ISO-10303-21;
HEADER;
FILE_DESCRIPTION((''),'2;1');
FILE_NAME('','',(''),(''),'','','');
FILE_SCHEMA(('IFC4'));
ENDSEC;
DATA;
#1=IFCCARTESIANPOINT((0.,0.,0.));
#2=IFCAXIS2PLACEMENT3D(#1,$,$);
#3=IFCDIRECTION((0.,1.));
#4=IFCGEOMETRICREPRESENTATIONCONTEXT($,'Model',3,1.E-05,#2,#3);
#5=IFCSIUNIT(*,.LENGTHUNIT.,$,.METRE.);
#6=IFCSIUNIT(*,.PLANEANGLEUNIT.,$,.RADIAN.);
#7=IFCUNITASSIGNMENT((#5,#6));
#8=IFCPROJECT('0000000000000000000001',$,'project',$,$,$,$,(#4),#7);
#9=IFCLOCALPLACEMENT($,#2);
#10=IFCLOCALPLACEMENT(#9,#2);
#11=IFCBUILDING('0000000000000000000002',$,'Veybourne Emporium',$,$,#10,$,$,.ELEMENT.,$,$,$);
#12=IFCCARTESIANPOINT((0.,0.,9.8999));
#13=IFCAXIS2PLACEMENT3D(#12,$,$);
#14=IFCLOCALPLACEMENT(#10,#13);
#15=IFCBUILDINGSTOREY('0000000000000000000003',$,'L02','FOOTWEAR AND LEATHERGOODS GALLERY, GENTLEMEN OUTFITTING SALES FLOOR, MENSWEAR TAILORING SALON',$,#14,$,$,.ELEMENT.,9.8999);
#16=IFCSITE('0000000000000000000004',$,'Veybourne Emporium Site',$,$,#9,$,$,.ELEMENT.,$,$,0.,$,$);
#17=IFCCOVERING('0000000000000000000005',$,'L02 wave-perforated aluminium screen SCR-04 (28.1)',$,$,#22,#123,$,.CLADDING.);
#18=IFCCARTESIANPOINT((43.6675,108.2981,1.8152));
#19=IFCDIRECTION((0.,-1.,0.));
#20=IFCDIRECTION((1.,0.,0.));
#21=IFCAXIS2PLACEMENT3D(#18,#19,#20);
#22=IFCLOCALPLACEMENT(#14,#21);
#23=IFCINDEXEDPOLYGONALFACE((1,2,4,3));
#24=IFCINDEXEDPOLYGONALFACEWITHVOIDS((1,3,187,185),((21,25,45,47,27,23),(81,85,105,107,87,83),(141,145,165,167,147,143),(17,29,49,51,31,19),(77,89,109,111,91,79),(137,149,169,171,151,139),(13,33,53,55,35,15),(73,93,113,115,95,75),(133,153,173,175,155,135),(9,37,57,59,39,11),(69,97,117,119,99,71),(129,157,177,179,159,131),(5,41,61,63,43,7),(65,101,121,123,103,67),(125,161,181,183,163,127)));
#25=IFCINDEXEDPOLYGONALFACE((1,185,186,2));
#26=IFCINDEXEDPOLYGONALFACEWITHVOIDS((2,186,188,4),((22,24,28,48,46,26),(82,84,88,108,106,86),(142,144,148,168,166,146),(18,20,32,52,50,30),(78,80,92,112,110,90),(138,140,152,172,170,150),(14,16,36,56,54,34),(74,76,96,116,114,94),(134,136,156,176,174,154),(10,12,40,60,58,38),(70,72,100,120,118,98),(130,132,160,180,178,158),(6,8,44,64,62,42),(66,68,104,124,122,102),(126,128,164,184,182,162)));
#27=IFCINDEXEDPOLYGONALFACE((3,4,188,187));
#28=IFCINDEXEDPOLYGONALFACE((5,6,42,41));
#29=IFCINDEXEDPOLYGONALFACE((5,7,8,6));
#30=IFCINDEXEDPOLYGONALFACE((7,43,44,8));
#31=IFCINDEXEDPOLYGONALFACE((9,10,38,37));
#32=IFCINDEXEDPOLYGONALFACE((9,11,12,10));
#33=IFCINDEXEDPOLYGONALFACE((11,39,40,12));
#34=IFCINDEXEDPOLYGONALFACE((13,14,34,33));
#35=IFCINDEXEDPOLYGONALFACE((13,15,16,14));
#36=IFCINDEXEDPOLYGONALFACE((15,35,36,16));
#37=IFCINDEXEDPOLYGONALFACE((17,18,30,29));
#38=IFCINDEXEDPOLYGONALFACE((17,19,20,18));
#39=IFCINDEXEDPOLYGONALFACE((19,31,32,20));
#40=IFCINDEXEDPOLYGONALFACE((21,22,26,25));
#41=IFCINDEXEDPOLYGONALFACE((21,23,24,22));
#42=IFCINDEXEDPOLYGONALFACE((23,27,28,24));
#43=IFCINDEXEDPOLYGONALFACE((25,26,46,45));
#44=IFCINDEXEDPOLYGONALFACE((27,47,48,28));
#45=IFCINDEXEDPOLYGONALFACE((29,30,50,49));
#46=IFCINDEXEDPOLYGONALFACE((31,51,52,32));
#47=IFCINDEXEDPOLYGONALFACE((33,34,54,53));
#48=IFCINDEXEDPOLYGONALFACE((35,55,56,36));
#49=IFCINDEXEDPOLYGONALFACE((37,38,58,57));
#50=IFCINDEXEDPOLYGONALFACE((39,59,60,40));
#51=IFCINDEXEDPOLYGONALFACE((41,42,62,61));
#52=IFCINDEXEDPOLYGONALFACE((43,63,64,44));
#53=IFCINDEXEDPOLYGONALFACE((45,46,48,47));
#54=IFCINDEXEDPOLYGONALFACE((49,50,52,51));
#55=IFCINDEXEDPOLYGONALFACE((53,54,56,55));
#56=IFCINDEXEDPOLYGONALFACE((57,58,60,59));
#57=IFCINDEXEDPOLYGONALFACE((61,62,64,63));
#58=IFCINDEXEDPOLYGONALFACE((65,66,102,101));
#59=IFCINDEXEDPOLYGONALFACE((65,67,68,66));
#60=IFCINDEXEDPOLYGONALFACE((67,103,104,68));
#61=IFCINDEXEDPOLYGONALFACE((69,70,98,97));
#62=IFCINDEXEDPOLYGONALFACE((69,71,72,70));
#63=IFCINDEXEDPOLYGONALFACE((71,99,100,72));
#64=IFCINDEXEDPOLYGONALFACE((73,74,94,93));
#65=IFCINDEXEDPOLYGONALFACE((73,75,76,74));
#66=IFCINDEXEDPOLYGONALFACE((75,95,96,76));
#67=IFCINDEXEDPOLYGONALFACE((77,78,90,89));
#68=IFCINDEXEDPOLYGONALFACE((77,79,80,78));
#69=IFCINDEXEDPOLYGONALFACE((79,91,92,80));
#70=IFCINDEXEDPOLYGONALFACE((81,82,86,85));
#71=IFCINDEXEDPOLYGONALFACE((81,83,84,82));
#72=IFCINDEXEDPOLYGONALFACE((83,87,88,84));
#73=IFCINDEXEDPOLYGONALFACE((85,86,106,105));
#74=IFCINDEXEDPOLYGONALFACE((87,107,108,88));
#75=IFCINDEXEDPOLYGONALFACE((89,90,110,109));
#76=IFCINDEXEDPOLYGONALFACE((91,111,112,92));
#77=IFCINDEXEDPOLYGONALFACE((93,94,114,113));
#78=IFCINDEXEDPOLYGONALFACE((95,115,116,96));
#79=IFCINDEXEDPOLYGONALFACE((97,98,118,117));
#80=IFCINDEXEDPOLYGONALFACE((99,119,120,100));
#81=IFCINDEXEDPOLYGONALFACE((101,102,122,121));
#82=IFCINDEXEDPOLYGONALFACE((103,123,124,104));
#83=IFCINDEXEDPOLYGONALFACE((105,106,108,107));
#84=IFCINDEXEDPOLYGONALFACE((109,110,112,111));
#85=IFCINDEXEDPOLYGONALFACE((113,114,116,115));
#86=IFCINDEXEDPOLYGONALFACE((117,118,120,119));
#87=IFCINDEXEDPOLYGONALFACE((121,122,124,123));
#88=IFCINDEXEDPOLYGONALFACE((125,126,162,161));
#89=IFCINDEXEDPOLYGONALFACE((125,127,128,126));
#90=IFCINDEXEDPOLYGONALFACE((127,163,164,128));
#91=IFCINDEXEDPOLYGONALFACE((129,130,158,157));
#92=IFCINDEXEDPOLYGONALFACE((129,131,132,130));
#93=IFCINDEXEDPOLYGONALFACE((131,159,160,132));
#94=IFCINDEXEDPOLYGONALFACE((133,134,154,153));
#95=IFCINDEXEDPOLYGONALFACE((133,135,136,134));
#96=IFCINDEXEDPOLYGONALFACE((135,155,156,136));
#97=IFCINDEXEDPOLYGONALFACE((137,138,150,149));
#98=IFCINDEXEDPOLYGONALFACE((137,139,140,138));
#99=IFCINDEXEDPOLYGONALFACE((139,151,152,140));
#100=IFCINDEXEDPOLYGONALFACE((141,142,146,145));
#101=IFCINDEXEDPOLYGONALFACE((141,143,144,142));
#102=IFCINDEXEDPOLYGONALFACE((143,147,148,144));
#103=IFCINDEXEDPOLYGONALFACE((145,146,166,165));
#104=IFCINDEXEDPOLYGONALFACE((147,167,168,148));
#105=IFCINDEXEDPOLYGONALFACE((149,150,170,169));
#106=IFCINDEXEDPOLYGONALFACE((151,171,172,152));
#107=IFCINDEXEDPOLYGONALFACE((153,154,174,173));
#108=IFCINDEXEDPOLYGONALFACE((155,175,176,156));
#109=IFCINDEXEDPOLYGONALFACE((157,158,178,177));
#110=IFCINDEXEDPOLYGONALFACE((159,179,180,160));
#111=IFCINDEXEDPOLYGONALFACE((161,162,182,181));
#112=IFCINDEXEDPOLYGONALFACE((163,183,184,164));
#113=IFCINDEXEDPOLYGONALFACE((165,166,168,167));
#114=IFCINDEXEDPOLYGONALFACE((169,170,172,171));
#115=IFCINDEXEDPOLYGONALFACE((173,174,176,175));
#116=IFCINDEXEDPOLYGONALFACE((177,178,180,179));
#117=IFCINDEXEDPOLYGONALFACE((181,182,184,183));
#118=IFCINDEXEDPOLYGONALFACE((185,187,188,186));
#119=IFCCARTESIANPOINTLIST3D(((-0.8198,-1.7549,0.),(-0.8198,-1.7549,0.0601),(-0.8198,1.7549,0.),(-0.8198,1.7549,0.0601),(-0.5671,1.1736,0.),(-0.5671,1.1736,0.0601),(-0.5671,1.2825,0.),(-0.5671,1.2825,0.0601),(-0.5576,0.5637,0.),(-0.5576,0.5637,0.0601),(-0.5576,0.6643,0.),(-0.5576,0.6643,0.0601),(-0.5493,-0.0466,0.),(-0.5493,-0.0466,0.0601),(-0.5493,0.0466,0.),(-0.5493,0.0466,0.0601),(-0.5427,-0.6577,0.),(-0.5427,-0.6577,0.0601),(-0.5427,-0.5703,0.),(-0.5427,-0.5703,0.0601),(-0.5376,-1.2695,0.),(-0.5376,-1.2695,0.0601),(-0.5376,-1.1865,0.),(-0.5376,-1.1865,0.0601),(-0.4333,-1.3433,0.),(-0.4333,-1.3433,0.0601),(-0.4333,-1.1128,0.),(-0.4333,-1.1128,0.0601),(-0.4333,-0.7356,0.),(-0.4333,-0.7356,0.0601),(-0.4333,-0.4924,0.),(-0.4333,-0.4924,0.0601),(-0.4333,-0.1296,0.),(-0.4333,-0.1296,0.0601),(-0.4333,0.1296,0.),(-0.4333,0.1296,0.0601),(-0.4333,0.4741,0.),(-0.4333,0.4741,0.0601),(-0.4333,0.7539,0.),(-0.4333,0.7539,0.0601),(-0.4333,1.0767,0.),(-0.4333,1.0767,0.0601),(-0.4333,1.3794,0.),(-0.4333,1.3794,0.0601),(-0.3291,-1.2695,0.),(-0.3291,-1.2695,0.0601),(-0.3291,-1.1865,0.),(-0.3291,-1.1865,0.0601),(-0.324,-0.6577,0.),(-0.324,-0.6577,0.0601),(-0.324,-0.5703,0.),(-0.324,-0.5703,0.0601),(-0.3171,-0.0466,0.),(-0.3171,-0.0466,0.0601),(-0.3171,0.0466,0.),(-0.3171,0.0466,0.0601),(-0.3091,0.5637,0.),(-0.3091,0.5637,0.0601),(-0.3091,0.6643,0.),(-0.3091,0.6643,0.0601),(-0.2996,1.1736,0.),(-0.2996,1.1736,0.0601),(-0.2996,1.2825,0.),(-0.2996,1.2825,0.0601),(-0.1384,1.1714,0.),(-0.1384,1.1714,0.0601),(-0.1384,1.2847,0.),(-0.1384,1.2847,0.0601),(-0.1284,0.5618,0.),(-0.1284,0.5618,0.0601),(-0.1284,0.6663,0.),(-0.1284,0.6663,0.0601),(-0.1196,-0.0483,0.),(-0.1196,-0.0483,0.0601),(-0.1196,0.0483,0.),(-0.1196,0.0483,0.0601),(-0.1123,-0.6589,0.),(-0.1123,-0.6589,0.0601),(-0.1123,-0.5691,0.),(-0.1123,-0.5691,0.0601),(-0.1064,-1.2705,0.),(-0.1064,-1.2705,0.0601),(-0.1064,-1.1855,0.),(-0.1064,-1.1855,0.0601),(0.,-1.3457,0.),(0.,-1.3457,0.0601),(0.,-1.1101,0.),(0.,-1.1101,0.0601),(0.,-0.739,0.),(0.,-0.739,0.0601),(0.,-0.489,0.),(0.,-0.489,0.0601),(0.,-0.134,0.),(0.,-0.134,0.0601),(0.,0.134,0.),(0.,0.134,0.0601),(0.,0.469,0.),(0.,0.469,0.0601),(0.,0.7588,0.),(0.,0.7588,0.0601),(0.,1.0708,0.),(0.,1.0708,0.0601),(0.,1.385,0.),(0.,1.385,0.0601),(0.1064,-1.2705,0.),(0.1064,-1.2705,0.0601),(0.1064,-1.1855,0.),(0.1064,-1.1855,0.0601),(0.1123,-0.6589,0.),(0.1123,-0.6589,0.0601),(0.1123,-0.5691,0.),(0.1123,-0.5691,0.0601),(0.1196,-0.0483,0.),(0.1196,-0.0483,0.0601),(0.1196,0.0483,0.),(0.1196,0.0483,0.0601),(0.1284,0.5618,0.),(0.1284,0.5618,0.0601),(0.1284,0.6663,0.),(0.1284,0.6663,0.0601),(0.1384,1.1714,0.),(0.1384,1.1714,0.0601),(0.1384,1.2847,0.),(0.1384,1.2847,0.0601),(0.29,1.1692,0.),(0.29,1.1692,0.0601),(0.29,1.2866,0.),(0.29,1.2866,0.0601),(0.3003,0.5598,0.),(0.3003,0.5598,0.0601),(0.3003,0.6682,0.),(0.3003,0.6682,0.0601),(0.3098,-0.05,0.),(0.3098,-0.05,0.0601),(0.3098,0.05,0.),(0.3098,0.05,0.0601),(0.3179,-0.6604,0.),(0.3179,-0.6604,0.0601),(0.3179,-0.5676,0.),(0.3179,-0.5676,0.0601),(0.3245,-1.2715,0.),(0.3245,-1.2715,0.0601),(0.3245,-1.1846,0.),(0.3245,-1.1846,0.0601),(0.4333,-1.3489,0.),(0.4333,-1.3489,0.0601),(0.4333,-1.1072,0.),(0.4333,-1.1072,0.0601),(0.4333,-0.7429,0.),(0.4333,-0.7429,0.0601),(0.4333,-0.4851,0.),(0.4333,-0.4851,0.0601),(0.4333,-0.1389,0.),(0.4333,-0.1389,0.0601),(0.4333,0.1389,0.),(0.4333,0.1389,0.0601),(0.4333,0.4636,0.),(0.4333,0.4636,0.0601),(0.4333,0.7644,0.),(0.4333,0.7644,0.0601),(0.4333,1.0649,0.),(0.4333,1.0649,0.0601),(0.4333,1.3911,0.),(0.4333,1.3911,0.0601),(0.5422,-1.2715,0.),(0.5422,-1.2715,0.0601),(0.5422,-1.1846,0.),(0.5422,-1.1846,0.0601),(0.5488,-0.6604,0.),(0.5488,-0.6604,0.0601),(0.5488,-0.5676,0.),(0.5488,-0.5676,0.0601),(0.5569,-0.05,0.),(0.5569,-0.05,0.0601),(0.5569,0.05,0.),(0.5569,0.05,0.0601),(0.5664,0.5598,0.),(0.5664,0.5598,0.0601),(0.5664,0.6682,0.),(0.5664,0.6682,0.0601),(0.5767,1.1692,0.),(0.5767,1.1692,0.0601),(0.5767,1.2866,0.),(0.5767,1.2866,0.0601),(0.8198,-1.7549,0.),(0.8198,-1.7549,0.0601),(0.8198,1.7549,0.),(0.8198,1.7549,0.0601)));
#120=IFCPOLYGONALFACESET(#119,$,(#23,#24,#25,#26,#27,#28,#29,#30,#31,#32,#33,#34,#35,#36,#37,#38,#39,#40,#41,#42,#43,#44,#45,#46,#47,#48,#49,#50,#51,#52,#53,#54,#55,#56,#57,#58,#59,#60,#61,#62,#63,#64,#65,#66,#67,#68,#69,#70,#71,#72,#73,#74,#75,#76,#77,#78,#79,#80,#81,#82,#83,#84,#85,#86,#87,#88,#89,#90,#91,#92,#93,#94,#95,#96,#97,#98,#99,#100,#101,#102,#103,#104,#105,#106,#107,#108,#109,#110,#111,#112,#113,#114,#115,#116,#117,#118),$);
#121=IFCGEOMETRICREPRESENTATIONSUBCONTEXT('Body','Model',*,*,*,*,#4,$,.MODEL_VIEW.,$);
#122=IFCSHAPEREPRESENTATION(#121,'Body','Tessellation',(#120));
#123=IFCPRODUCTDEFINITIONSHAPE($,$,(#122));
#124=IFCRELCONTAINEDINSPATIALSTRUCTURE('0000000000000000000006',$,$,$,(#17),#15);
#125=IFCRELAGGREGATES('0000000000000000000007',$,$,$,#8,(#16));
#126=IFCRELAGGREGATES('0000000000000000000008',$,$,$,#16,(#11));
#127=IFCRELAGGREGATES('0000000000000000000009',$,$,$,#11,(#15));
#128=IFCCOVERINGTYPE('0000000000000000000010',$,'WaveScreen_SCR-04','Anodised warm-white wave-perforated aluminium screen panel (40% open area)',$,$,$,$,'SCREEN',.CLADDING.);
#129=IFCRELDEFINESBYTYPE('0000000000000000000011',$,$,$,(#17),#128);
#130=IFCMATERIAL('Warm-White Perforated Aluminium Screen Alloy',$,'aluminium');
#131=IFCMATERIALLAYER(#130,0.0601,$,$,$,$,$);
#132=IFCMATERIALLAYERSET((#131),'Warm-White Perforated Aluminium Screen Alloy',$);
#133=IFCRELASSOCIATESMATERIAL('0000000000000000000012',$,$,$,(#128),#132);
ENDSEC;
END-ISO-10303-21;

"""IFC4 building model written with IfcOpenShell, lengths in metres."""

from ifc_helpers import new_model, si_unit, direction, frame, origin, place, context, subcontext, project, spatial, polyline, outline, extrude, material, layer, layer_set, type_object, element, save


model = new_model("IFC4")

# Units and contexts
model_context = context("Model", 3, precision=1e-05, world=origin(), true_north=direction((0.0, 1.0)))
body_context = subcontext(model_context, "Body", "Model", "MODEL_VIEW")
ifc_project = project(units=[si_unit("LENGTHUNIT", "METRE"), si_unit("PLANEANGLEUNIT", "RADIAN")], contexts=[model_context])

# Site, building, storey
site_placement = place(None, origin())
site = spatial("IfcSite", under=ifc_project, at=site_placement, Name="Veybourne Emporium Site", CompositionType="ELEMENT", RefElevation=0.0)
building_placement = place(site_placement, origin())
building = spatial("IfcBuilding", under=site, at=building_placement, Name="Veybourne Emporium", CompositionType="ELEMENT")
storey_placement = place(building_placement, frame((0.0, 0.0, 9.8999)))
storey = spatial("IfcBuildingStorey", under=building, at=storey_placement, Name="L02", Description="FOOTWEAR AND LEATHERGOODS GALLERY, GENTLEMEN OUTFITTING SALES FLOOR, MENSWEAR TAILORING SALON", CompositionType="ELEMENT", Elevation=9.8999)

# Covering
ifc_material_1 = material(Name="Warm-White Perforated Aluminium Screen Alloy", Category="aluminium")
ifc_layer_1 = layer(ifc_material_1, 0.0601)
ifc_layer_set_1 = layer_set([ifc_layer_1], Name="Warm-White Perforated Aluminium Screen Alloy")
covering_type_1 = type_object("IfcCoveringType", Name="WaveScreen_SCR-04", Description="Anodised warm-white wave-perforated aluminium screen panel (40% open area)", ElementType="SCREEN", PredefinedType="CLADDING", material=ifc_layer_set_1)
covering_1_placement = place(storey_placement, frame((43.6675, 108.2981, 1.8152), z_axis=(0.0, -1.0, 0.0), x_axis=(1.0, 0.0, 0.0)))
element("IfcCovering", 1, at=covering_1_placement, inside=storey, type_object=covering_type_1, Name="L02 wave-perforated aluminium screen SCR-04 (28.1)", PredefinedType="CLADDING", context=body_context, shape_type="SweptSolid", body=[
    extrude(outline(polyline([(-0.8198, -1.7549), (0.8198, -1.7549), (0.8198, 1.7549), (-0.8198, 1.7549), (-0.8198, -1.7549)]), holes=[polyline([(-0.4333, -1.1128), (-0.3291, -1.1865), (-0.3291, -1.2695), (-0.4333, -1.3433), (-0.5376, -1.2695), (-0.5376, -1.1865), (-0.4333, -1.1128)]), polyline([(-0.4333, -0.4924), (-0.324, -0.5703), (-0.324, -0.6577), (-0.4333, -0.7356), (-0.5427, -0.6577), (-0.5427, -0.5703), (-0.4333, -0.4924)]), polyline([(-0.4333, 0.1296), (-0.3171, 0.0466), (-0.3171, -0.0466), (-0.4333, -0.1296), (-0.5493, -0.0466), (-0.5493, 0.0466), (-0.4333, 0.1296)]), polyline([(-0.4333, 0.7539), (-0.3091, 0.6643), (-0.3091, 0.5637), (-0.4333, 0.4741), (-0.5576, 0.5637), (-0.5576, 0.6643), (-0.4333, 0.7539)]), polyline([(-0.4333, 1.3794), (-0.2996, 1.2825), (-0.2996, 1.1736), (-0.4333, 1.0767), (-0.5671, 1.1736), (-0.5671, 1.2825), (-0.4333, 1.3794)]), polyline([(0.0, -1.1101), (0.1064, -1.1855), (0.1064, -1.2705), (0.0, -1.3457), (-0.1064, -1.2705), (-0.1064, -1.1855), (0.0, -1.1101)]), polyline([(0.0, -0.489), (0.1123, -0.5691), (0.1123, -0.6589), (0.0, -0.739), (-0.1123, -0.6589), (-0.1123, -0.5691), (0.0, -0.489)]), polyline([(0.0, 0.134), (0.1196, 0.0483), (0.1196, -0.0483), (0.0, -0.134), (-0.1196, -0.0483), (-0.1196, 0.0483), (0.0, 0.134)]), polyline([(0.0, 0.7588), (0.1284, 0.6663), (0.1284, 0.5618), (0.0, 0.469), (-0.1284, 0.5618), (-0.1284, 0.6663), (0.0, 0.7588)]), polyline([(0.0, 1.385), (0.1384, 1.2847), (0.1384, 1.1714), (0.0, 1.0708), (-0.1384, 1.1714), (-0.1384, 1.2847), (0.0, 1.385)]), polyline([(0.4333, -1.1072), (0.5422, -1.1846), (0.5422, -1.2715), (0.4333, -1.3489), (0.3245, -1.2715), (0.3245, -1.1846), (0.4333, -1.1072)]), polyline([(0.4333, -0.4851), (0.5488, -0.5676), (0.5488, -0.6604), (0.4333, -0.7429), (0.3179, -0.6604), (0.3179, -0.5676), (0.4333, -0.4851)]), polyline([(0.4333, 0.1389), (0.5569, 0.05), (0.5569, -0.05), (0.4333, -0.1389), (0.3098, -0.05), (0.3098, 0.05), (0.4333, 0.1389)]), polyline([(0.4333, 0.7644), (0.5664, 0.6682), (0.5664, 0.5598), (0.4333, 0.4636), (0.3003, 0.5598), (0.3003, 0.6682), (0.4333, 0.7644)]), polyline([(0.4333, 1.3911), (0.5767, 1.2866), (0.5767, 1.1692), (0.4333, 1.0649), (0.29, 1.1692), (0.29, 1.2866), (0.4333, 1.3911)])]), origin(), (0.0, 0.0, 1.0), 0.0601),
])

save(model, "model.ifc")
